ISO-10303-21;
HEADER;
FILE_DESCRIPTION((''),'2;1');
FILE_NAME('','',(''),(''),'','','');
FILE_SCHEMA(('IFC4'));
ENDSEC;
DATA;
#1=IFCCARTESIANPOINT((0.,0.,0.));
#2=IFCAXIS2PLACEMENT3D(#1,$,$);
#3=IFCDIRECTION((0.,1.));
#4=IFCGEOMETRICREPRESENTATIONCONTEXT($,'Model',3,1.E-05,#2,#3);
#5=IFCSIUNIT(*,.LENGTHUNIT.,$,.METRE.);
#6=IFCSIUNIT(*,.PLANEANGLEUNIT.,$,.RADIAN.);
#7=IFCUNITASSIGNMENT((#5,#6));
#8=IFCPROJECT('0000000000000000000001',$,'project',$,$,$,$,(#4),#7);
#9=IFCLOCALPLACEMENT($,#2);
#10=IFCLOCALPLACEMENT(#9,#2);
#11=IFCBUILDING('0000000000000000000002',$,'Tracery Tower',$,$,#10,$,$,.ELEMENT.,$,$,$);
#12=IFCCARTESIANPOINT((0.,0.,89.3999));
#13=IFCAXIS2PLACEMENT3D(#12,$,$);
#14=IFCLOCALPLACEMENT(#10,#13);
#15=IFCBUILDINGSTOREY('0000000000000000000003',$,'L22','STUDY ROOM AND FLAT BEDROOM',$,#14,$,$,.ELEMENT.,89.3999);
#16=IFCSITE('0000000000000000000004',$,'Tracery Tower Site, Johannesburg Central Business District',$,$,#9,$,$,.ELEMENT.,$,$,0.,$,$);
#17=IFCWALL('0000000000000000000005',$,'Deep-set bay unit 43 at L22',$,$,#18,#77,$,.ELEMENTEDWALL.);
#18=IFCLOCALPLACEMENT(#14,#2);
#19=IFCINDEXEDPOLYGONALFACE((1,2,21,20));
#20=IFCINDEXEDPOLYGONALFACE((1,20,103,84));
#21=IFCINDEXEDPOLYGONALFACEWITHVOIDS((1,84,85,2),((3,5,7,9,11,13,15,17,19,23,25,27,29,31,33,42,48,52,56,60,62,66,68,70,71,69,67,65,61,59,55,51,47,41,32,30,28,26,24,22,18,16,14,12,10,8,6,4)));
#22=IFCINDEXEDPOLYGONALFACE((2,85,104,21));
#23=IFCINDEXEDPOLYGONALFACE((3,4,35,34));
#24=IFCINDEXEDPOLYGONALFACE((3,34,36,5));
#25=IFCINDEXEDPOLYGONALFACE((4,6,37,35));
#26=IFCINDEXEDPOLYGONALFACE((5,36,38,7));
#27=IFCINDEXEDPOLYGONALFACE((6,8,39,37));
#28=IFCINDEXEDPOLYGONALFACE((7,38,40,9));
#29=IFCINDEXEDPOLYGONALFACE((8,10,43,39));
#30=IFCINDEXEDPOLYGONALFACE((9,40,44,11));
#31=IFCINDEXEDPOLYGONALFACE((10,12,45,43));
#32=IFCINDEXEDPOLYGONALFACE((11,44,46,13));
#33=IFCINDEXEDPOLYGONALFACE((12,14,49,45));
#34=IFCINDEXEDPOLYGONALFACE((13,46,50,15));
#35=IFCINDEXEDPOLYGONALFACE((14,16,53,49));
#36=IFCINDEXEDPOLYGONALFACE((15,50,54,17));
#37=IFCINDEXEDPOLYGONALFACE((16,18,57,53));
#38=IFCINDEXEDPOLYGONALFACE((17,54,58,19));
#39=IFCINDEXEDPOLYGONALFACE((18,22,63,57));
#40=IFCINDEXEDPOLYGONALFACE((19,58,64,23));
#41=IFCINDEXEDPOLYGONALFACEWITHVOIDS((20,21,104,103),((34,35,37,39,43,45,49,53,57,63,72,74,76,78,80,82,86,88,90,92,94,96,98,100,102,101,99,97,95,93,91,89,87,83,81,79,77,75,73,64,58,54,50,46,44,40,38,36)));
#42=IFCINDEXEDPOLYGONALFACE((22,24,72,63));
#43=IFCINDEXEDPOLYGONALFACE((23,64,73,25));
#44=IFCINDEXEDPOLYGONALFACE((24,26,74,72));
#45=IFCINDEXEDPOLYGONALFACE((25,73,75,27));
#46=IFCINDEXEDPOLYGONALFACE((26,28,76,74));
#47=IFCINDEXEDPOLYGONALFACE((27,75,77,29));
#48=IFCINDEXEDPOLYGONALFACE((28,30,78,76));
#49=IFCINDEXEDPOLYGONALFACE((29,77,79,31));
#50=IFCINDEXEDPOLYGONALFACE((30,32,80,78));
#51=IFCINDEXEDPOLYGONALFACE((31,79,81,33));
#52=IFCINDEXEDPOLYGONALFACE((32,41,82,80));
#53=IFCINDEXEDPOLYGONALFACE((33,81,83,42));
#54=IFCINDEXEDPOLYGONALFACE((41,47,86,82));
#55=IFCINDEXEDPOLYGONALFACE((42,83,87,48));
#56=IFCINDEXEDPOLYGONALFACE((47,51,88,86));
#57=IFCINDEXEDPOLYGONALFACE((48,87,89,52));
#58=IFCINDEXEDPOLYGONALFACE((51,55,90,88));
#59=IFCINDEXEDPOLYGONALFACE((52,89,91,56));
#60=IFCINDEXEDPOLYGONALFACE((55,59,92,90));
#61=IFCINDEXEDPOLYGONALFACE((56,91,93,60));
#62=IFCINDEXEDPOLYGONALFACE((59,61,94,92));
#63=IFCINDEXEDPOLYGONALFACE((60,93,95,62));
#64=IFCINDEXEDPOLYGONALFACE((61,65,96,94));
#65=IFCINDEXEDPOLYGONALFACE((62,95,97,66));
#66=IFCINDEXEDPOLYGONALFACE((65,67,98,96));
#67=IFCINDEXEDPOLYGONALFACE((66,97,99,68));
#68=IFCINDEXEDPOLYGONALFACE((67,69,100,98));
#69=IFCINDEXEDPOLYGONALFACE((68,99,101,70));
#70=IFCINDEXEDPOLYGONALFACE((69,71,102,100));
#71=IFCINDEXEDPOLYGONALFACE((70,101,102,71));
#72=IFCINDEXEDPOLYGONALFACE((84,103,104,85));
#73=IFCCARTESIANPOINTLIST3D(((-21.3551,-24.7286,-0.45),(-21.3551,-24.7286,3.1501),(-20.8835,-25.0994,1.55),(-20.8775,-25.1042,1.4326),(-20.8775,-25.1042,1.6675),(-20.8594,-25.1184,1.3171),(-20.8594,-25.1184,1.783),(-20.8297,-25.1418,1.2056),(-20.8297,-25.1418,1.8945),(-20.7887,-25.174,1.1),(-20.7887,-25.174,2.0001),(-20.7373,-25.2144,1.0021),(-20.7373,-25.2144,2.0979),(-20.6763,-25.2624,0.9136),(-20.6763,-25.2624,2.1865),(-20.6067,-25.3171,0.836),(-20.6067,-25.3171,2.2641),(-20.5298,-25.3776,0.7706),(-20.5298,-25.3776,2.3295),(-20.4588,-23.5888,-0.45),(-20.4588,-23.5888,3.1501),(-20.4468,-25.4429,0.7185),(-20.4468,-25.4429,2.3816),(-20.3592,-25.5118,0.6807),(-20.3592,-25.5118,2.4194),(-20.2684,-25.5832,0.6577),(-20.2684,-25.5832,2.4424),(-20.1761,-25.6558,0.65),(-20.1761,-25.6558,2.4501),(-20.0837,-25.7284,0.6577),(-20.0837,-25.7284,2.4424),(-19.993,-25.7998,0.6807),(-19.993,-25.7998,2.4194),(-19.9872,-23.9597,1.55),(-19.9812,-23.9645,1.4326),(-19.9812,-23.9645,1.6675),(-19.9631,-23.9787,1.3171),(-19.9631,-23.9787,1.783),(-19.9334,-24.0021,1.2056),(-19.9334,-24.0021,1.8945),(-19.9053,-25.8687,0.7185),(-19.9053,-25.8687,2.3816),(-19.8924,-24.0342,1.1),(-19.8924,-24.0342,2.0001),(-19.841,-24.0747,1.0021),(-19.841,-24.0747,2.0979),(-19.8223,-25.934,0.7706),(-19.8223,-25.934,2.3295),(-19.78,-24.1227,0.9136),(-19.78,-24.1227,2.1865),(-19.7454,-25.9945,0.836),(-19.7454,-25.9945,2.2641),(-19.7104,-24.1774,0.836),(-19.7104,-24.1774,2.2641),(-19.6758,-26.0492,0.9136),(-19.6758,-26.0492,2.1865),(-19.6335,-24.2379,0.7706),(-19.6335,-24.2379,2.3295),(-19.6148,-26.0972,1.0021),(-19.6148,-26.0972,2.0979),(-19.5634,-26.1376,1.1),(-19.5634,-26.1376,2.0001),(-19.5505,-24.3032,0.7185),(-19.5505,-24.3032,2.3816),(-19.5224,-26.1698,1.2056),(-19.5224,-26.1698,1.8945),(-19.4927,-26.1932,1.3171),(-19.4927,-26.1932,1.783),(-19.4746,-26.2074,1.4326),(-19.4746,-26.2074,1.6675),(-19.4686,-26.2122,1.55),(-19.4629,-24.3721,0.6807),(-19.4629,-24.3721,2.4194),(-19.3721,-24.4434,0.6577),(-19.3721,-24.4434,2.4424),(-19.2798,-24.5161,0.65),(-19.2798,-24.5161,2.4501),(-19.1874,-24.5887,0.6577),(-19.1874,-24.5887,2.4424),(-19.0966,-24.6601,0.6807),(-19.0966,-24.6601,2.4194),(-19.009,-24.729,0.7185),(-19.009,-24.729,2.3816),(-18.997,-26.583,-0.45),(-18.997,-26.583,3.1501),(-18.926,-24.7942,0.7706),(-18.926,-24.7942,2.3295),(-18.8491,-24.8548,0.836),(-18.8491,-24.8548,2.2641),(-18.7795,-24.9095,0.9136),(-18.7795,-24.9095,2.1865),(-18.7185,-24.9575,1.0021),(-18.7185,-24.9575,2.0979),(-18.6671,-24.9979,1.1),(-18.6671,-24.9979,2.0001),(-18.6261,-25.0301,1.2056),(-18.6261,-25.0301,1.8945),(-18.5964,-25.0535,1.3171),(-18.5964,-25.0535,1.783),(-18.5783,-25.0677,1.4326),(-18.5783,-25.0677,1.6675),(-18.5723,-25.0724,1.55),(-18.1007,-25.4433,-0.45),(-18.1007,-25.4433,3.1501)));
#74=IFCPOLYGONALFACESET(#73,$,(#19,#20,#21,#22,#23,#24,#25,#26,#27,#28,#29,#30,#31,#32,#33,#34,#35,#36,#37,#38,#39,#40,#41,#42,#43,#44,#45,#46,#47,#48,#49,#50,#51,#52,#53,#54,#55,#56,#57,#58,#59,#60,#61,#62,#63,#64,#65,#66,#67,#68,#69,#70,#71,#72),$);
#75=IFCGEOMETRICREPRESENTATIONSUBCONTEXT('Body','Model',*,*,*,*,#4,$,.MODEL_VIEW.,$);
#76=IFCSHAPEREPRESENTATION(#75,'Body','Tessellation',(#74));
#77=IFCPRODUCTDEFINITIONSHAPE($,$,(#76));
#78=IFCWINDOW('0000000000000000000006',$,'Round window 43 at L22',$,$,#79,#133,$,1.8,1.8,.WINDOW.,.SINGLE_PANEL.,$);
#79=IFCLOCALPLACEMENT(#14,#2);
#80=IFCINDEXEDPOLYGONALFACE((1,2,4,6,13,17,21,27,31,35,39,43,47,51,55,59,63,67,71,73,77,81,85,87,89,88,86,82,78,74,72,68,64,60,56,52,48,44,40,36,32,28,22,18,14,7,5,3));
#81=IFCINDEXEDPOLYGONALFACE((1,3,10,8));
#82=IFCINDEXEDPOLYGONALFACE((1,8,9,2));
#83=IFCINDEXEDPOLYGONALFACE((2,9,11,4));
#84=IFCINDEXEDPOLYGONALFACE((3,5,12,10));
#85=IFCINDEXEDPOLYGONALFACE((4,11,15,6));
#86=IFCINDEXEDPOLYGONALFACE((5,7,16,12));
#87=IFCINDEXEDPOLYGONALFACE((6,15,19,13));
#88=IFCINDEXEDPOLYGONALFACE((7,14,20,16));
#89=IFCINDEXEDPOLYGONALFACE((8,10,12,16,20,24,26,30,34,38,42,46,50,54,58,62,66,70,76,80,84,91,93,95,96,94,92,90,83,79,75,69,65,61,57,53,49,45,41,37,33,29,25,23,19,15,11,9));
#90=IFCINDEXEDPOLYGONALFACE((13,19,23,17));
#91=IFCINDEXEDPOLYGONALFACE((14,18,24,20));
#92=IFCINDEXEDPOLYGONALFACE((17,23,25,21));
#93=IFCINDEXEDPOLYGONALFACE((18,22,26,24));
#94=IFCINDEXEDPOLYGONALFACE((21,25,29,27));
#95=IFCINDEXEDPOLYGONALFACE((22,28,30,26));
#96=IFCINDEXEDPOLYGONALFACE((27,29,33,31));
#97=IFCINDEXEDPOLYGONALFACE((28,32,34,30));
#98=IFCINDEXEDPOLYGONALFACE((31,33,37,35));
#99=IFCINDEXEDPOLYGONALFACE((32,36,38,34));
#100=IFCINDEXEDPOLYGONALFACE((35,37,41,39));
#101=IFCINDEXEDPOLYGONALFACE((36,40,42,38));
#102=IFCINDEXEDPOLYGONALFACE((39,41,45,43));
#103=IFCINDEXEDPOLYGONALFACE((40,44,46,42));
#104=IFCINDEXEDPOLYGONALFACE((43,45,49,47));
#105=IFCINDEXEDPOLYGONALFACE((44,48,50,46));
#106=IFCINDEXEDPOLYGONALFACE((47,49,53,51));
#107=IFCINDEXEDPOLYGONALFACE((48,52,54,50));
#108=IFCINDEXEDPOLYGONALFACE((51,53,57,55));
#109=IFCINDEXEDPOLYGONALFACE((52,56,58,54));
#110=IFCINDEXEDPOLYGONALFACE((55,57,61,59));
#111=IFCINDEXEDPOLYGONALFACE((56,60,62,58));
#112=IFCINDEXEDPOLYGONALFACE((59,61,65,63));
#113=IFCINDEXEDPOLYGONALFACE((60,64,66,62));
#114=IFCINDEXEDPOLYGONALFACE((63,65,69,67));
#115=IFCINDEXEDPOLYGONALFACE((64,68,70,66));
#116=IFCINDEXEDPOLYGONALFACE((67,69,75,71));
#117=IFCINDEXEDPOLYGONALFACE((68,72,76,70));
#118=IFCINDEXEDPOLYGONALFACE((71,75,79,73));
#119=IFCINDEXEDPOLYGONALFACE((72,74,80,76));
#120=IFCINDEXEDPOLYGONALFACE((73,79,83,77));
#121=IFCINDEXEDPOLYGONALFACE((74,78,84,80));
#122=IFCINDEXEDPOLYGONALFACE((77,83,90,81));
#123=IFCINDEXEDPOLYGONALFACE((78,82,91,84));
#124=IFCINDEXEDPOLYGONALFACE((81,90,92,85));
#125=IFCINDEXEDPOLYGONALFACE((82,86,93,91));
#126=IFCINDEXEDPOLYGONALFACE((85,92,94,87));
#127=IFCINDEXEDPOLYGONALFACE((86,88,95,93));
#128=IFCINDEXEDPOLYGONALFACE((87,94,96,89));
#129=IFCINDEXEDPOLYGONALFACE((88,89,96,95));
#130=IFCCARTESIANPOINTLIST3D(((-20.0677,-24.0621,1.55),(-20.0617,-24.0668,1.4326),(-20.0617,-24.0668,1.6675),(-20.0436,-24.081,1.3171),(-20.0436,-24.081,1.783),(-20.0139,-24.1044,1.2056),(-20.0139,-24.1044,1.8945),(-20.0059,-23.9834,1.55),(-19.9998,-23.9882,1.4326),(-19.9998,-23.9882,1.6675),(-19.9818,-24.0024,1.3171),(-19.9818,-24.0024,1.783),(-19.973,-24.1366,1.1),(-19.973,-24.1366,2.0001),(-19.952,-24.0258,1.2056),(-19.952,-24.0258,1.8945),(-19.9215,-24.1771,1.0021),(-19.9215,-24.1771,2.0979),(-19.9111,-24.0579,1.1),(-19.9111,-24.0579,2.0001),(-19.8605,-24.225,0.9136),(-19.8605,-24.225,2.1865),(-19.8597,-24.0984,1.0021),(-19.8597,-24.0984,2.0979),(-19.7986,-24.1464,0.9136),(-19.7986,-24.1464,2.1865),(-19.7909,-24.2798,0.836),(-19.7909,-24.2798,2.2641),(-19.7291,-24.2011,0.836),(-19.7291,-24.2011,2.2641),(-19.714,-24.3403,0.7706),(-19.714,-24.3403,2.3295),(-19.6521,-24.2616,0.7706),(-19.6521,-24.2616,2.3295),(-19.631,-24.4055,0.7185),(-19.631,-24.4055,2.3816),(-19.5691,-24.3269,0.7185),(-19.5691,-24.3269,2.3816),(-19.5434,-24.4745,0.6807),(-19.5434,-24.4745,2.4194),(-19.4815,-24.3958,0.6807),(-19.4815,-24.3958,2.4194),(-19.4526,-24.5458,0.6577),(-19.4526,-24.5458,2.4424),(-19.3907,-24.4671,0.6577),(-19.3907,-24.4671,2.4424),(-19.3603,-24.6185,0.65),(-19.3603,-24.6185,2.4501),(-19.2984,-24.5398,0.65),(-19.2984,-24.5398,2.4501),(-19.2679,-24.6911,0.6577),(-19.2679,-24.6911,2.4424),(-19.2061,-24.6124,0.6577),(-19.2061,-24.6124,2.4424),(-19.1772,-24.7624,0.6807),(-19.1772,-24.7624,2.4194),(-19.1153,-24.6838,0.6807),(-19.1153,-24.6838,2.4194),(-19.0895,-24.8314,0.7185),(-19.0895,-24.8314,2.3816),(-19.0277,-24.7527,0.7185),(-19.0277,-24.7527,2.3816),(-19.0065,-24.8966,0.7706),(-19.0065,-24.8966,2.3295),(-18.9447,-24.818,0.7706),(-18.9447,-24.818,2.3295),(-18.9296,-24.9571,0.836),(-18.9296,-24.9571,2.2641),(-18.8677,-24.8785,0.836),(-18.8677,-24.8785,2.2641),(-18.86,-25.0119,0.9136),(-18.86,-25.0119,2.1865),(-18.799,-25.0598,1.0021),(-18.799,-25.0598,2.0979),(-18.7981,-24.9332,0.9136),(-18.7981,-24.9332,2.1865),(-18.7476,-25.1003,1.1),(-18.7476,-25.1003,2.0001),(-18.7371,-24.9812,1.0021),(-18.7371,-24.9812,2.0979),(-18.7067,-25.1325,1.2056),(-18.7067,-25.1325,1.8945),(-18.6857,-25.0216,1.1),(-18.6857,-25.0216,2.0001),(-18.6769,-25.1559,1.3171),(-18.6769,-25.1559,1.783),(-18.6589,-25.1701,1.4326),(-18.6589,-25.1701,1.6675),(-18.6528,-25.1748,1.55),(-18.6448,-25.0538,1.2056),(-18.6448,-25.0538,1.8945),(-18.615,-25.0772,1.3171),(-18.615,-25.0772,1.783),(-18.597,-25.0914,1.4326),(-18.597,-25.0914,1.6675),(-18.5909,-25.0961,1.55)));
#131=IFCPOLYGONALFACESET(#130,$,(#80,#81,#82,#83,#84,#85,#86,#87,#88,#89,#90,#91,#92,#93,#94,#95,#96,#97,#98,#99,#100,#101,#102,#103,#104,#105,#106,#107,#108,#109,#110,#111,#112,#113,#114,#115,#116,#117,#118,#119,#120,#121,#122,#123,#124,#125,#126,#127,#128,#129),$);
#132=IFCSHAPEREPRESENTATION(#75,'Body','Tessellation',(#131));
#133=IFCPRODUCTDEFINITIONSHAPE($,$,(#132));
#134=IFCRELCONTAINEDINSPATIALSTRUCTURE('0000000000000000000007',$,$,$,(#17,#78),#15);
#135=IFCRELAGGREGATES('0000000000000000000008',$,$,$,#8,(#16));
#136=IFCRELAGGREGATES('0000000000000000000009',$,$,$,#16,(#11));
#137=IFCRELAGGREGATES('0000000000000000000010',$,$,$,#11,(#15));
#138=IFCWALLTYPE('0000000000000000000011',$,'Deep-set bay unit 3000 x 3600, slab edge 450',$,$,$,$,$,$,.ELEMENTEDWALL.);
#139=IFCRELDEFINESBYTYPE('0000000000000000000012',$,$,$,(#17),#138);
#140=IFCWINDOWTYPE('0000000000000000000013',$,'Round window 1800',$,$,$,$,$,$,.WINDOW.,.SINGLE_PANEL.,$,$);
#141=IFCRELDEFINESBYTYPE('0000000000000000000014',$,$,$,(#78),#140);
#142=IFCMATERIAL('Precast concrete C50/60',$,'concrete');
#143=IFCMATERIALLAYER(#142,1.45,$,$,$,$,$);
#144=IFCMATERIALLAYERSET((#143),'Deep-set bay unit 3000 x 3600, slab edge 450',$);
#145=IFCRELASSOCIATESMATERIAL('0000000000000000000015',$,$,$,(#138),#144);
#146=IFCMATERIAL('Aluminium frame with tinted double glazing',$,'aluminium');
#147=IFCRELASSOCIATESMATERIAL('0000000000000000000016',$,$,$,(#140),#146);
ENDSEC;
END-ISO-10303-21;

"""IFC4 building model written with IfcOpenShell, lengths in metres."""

from ifc_helpers import new_model, si_unit, direction, frame, frame_2d, origin, origin_2d, place, context, subcontext, project, spatial, rectangle, circle, extrude, material, layer, layer_set, type_object, element, fill, save


model = new_model("IFC4")

# Units and contexts
model_context = context("Model", 3, precision=1e-05, world=origin(), true_north=direction((0.0, 1.0)))
body_context = subcontext(model_context, "Body", "Model", "MODEL_VIEW")
ifc_project = project(units=[si_unit("LENGTHUNIT", "METRE"), si_unit("PLANEANGLEUNIT", "RADIAN")], contexts=[model_context])

# Site, building, storey
site_placement = place(None, origin())
site = spatial("IfcSite", under=ifc_project, at=site_placement, Name="Tracery Tower Site, Johannesburg Central Business District", CompositionType="ELEMENT", RefElevation=0.0)
building_placement = place(site_placement, origin())
building = spatial("IfcBuilding", under=site, at=building_placement, Name="Tracery Tower", CompositionType="ELEMENT")
storey_placement = place(building_placement, frame((0.0, 0.0, 89.3999)))
storey = spatial("IfcBuildingStorey", under=building, at=storey_placement, Name="L22", Description="STUDY ROOM AND FLAT BEDROOM", CompositionType="ELEMENT", Elevation=89.3999)

# Wall, opening, window
ifc_material_1 = material(Name="Precast concrete C50/60", Category="concrete")
ifc_layer_1 = layer(ifc_material_1, 1.45)
ifc_layer_set_1 = layer_set([ifc_layer_1], Name="Deep-set bay unit 3000 x 3600, slab edge 450")
wall_type_1 = type_object("IfcWallType", Name="Deep-set bay unit 3000 x 3600, slab edge 450", PredefinedType="ELEMENTEDWALL", material=ifc_layer_set_1)
wall_1_placement = place(storey_placement, frame((-20.907, -24.1587, -0.45), z_axis=(0.0, 0.0, 1.0), x_axis=(0.78605, -0.618163, 0.0)))
wall_1 = element("IfcWall", 1, at=wall_1_placement, inside=storey, type_object=wall_type_1, Name="Deep-set bay unit 43 at L22", PredefinedType="ELEMENTEDWALL", context=body_context, shape_type="SweptSolid", body=[
    extrude(rectangle(XDim=3.0, YDim=1.45, at=frame_2d((1.5, 0.0))), origin(), (0.0, 0.0, 1.0), 3.6001),
])
opening_1_placement = place(wall_1_placement, frame((1.5, 0.0, 2.0)))
opening_1 = element("IfcOpeningElement", 2, at=opening_1_placement, cuts=wall_1, PredefinedType="OPENING", context=body_context, shape_type="SweptSolid", body=[
    extrude(circle(Radius=0.9, at=origin_2d()), frame((0.0, 0.7349, 0.0), z_axis=(0.0, -1.0, 0.0), x_axis=(1.0, 0.0, 0.0)), (0.0, 0.0, 1.0), 1.47),
])
ifc_material_2 = material(Name="Aluminium frame with tinted double glazing", Category="aluminium")
window_type = type_object("IfcWindowType", Name="Round window 1800", PartitioningType="SINGLE_PANEL", PredefinedType="WINDOW", material=ifc_material_2)
window_1_placement = place(opening_1_placement, origin())
window_1 = element("IfcWindow", 3, at=window_1_placement, inside=storey, type_object=window_type, Name="Round window 43 at L22", OverallHeight=1.8, OverallWidth=1.8, PartitioningType="SINGLE_PANEL", PredefinedType="WINDOW", context=body_context, shape_type="SweptSolid", body=[
    extrude(circle(Radius=0.9, at=origin_2d()), frame((0.0, 0.6948, 0.0), z_axis=(0.0, -1.0, 0.0), x_axis=(1.0, 0.0, 0.0)), (0.0, 0.0, 1.0), 0.1001),
])
fill(opening_1, window_1)

save(model, "model.ifc")
